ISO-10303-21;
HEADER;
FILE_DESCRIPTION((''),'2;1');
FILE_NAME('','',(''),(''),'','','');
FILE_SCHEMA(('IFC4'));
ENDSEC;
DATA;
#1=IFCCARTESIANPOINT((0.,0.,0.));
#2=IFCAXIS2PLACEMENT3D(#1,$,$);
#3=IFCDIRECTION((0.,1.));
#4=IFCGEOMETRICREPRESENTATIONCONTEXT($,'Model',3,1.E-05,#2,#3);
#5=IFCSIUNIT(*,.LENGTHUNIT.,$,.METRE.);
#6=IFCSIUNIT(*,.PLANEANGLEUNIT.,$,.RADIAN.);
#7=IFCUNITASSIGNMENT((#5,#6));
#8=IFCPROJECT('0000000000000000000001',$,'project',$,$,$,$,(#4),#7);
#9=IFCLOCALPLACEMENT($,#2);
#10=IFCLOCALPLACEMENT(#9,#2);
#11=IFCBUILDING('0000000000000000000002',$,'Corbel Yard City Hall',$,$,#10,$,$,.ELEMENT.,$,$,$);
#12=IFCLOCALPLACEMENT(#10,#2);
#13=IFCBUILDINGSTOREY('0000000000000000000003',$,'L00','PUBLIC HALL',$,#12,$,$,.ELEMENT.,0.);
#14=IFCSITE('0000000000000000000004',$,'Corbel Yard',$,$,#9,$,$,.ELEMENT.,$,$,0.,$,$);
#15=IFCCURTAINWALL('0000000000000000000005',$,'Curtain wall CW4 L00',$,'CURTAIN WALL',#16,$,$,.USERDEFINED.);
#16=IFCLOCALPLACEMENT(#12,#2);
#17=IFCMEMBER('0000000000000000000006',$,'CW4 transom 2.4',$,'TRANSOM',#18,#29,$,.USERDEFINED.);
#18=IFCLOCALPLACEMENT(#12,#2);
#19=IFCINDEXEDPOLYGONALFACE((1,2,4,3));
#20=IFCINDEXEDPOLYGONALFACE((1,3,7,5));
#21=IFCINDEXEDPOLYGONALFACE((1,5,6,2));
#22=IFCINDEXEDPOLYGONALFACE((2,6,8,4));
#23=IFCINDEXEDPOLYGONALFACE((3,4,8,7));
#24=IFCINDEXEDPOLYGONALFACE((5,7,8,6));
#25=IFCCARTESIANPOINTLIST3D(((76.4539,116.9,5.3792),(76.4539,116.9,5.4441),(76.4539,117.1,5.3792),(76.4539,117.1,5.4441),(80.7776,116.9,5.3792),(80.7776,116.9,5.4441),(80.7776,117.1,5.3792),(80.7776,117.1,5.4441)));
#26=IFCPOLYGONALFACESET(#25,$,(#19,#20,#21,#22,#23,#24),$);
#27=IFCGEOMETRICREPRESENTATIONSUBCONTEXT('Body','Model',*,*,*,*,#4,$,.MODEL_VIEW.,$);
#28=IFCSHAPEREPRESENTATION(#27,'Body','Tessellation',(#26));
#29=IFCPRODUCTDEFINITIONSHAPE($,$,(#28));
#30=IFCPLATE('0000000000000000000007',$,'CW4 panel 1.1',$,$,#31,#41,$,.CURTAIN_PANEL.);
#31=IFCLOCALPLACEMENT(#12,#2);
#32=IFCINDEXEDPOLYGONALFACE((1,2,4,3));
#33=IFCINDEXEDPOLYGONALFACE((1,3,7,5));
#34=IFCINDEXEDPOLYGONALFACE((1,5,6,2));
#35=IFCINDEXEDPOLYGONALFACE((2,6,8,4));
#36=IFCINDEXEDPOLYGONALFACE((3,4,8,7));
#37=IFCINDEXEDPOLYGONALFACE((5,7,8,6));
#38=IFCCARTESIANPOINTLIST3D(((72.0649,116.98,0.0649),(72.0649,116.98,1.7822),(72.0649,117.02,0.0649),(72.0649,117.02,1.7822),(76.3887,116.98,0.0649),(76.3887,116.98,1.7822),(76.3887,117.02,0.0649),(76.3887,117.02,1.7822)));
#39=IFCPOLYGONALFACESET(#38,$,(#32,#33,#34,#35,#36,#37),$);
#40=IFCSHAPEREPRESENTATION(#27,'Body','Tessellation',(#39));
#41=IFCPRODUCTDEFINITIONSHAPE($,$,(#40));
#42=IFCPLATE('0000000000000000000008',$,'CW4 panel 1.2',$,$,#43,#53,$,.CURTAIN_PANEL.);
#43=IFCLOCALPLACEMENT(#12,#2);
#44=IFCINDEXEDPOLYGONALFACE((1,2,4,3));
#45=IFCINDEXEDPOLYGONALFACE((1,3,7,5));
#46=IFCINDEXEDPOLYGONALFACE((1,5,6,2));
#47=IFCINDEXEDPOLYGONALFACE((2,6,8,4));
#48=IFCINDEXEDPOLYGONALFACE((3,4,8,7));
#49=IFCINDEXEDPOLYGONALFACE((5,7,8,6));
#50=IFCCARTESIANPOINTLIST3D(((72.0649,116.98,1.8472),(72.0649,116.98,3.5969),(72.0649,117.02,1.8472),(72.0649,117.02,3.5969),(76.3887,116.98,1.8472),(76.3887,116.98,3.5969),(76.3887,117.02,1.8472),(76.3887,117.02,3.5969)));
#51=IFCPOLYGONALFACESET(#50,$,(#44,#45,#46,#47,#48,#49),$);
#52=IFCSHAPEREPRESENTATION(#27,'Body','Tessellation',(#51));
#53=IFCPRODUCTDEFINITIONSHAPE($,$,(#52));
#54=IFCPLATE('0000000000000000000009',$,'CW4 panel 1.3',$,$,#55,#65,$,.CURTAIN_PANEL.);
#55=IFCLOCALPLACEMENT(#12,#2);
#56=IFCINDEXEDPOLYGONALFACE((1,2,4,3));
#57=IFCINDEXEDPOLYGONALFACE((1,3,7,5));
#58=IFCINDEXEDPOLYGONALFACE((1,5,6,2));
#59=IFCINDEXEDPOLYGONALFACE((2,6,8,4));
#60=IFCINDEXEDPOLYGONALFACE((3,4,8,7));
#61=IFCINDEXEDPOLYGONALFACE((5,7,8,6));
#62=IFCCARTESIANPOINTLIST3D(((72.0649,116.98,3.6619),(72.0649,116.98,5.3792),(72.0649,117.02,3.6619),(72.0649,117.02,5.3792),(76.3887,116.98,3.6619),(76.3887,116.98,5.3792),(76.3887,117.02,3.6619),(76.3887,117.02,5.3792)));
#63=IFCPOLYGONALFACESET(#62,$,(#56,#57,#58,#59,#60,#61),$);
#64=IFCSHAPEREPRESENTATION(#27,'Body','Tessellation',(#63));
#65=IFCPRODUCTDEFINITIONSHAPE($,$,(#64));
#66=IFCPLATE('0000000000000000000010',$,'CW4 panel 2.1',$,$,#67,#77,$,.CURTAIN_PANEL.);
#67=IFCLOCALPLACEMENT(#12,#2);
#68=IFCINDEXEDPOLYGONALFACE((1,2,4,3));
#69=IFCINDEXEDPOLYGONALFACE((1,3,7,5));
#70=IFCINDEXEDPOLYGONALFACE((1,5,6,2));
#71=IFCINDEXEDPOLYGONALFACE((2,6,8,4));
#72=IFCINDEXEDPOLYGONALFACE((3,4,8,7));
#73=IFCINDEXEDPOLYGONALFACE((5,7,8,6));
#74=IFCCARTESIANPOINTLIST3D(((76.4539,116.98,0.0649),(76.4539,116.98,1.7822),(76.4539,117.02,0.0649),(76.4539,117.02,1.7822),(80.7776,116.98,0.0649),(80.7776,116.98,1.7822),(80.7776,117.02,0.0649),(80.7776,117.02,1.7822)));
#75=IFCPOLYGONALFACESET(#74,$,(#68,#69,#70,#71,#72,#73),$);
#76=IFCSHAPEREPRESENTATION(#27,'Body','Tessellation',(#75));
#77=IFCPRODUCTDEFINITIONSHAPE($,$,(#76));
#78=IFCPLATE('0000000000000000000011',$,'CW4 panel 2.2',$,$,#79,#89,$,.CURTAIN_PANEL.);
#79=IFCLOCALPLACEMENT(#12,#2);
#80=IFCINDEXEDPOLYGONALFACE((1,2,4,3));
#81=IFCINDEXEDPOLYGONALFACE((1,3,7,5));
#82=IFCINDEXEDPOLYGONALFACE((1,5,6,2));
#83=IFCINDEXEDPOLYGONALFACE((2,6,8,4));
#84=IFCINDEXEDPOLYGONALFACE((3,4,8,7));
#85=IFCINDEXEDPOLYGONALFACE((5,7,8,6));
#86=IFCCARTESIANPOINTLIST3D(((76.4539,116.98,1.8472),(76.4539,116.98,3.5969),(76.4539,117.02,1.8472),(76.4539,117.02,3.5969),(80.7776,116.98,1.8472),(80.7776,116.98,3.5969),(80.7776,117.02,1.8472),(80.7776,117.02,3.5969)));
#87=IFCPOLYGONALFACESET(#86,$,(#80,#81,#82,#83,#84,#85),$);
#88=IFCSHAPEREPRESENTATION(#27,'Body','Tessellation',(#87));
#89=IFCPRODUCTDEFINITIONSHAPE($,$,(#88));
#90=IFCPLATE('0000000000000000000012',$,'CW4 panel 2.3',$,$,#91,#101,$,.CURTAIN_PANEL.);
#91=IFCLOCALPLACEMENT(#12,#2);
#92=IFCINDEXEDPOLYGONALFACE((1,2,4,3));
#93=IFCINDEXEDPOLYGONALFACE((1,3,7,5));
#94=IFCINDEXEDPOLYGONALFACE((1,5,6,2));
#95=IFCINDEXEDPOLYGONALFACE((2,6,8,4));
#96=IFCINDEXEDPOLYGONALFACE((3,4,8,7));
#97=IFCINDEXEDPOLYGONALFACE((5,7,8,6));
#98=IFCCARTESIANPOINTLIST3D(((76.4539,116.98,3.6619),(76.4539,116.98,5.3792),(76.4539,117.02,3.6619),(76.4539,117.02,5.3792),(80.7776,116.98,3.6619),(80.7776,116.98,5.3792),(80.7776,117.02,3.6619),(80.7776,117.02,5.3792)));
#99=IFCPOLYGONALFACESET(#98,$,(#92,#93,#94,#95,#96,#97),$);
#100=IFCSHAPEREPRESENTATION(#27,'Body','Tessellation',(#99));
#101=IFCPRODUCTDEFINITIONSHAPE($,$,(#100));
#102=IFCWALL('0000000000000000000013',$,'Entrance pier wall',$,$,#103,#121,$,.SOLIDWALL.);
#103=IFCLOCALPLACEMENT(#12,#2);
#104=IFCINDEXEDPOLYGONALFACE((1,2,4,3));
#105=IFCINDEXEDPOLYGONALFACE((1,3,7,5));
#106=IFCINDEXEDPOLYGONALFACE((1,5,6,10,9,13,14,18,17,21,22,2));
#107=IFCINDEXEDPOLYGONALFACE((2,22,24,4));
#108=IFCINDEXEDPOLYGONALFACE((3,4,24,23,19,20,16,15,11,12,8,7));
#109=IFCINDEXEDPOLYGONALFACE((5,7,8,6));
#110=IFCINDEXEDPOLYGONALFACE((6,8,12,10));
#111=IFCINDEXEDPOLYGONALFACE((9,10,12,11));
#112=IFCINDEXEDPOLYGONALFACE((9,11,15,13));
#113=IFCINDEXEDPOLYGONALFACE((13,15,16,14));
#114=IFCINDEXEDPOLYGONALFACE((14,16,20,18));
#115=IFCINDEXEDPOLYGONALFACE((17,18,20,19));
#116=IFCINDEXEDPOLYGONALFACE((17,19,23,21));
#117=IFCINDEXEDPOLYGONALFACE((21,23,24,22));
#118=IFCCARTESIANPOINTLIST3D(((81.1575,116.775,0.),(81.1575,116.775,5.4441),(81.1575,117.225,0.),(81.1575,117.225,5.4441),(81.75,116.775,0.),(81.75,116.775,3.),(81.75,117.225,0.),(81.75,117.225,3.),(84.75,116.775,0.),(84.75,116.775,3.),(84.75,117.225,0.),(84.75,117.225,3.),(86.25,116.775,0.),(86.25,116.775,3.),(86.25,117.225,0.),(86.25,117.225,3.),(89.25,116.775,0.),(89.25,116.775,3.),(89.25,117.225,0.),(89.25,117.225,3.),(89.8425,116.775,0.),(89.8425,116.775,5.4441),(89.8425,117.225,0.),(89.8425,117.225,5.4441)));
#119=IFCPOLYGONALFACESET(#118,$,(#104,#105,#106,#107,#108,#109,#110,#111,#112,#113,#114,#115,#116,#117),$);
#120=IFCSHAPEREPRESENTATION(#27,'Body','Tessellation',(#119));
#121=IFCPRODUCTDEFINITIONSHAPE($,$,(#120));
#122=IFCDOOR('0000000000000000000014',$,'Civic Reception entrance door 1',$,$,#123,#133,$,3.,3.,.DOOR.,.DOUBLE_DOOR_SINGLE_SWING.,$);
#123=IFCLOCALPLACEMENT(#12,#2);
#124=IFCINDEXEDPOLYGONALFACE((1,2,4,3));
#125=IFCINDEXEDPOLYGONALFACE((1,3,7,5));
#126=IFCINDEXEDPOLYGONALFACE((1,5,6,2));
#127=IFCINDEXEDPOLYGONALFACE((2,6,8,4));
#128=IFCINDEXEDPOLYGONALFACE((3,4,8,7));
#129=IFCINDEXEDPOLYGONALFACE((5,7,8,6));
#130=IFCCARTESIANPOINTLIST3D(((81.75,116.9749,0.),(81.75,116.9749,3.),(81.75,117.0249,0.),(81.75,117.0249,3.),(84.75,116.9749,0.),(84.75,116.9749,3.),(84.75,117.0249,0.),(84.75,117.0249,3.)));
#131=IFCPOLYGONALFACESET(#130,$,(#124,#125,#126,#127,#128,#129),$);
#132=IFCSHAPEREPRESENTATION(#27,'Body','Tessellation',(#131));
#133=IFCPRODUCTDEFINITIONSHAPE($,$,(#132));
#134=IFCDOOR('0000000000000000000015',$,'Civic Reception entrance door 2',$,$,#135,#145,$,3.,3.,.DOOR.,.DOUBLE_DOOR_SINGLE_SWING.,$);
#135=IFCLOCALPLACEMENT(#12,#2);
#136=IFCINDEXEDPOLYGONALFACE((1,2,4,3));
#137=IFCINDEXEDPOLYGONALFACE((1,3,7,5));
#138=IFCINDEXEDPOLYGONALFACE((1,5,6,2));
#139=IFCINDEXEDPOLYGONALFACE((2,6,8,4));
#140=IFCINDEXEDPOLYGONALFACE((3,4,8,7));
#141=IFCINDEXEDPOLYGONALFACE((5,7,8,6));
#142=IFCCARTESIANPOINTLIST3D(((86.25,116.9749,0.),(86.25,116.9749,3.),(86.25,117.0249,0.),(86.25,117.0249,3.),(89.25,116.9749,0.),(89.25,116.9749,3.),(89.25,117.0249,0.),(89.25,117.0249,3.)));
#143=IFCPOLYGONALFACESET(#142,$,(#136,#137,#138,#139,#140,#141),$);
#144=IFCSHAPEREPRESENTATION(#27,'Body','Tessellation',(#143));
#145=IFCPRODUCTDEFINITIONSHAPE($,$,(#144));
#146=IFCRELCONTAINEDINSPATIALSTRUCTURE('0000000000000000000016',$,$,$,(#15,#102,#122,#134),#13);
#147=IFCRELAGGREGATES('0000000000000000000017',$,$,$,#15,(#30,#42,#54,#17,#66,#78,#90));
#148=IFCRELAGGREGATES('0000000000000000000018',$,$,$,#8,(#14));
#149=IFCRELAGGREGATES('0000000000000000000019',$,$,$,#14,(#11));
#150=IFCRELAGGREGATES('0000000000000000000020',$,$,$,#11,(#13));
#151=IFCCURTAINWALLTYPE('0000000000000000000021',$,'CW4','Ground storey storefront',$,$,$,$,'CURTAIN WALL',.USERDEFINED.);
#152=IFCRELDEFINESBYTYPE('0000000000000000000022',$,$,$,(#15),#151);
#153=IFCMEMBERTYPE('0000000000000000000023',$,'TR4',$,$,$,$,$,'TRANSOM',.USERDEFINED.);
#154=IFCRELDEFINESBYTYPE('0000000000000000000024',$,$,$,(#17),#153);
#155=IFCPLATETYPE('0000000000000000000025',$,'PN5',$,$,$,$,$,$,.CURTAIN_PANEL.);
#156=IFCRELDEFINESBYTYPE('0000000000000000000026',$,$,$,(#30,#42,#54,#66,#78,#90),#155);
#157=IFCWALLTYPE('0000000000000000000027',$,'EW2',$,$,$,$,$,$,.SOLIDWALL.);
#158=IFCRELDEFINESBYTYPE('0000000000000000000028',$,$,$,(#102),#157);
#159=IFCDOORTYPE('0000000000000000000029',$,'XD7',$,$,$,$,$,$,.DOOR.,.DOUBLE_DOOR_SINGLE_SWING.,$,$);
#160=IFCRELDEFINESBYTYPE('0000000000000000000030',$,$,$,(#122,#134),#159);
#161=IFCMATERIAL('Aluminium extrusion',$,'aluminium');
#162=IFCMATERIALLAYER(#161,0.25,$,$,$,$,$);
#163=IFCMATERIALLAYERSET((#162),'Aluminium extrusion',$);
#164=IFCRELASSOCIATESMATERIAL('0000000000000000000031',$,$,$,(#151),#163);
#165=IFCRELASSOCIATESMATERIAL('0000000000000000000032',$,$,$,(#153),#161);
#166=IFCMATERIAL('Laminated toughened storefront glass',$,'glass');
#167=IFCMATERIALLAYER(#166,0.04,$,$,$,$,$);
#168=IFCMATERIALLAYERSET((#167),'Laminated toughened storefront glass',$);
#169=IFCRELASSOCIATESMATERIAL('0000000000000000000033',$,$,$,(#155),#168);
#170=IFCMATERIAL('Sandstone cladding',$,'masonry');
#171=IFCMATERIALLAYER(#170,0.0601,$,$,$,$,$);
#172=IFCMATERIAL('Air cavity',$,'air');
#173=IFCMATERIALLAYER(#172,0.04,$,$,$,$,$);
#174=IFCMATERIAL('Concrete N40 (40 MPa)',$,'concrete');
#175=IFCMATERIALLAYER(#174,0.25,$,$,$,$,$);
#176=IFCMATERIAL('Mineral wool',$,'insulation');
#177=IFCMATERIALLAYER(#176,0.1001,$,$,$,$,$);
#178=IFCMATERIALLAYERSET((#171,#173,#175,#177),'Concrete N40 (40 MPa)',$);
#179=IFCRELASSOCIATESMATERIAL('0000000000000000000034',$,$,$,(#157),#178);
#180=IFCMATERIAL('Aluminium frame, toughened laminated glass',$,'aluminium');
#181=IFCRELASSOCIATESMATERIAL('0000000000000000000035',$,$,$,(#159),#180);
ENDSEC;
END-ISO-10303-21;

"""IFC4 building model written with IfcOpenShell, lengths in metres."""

from ifc_helpers import new_model, si_unit, direction, frame, frame_2d, origin, origin_2d, place, context, subcontext, project, spatial, rectangle, extrude, material, layer, layer_set, material_profile, profile_set, type_object, element, fill, aggregate, save


model = new_model("IFC4")

# Units and contexts
model_context = context("Model", 3, precision=1e-05, world=origin(), true_north=direction((0.0, 1.0)))
body_context = subcontext(model_context, "Body", "Model", "MODEL_VIEW")
ifc_project = project(units=[si_unit("LENGTHUNIT", "METRE"), si_unit("PLANEANGLEUNIT", "RADIAN")], contexts=[model_context])

# Site, building, storey
site_placement = place(None, origin())
site = spatial("IfcSite", under=ifc_project, at=site_placement, Name="Corbel Yard", CompositionType="ELEMENT", RefElevation=0.0)
building_placement = place(site_placement, origin())
building = spatial("IfcBuilding", under=site, at=building_placement, Name="Corbel Yard City Hall", CompositionType="ELEMENT")
storey_placement = place(building_placement, origin())
storey = spatial("IfcBuildingStorey", under=building, at=storey_placement, Name="L00", Description="PUBLIC HALL", CompositionType="ELEMENT", Elevation=0.0)

# Curtain wall, member, plates
ifc_material_1 = material(Name="Aluminium extrusion", Category="aluminium")
ifc_layer_1 = layer(ifc_material_1, 0.25)
ifc_layer_set_1 = layer_set([ifc_layer_1], Name="Aluminium extrusion")
curtain_wall_type = type_object("IfcCurtainWallType", Name="CW4", Description="Ground storey storefront", ElementType="CURTAIN WALL", PredefinedType="USERDEFINED", material=ifc_layer_set_1)
curtain_wall_placement = place(storey_placement, origin())
curtain_wall = element("IfcCurtainWall", 1, at=curtain_wall_placement, inside=storey, type_object=curtain_wall_type, Name="Curtain wall CW4 L00", ObjectType="CURTAIN WALL", PredefinedType="USERDEFINED")
ifc_material_profile_1 = material_profile(ifc_material_1, rectangle(XDim=0.2, YDim=0.0649, at=origin_2d()), Name="200x65")
ifc_profile_set_1 = profile_set([ifc_material_profile_1], Name="Aluminium extrusion")
member_type_1 = type_object("IfcMemberType", Name="TR4", ElementType="TRANSOM", PredefinedType="USERDEFINED", material=ifc_profile_set_1)
member_1_placement = place(storey_placement, frame((76.4539, 117.0, 5.4116), z_axis=(1.0, 0.0, 0.0), x_axis=(0.0, 1.0, 0.0)))
member_1 = element("IfcMember", 2, at=member_1_placement, type_object=member_type_1, Name="CW4 transom 2.4", ObjectType="TRANSOM", PredefinedType="USERDEFINED", context=body_context, shape_type="SweptSolid", body=[
    extrude(rectangle(XDim=0.2, YDim=0.0649, at=origin_2d()), origin(), (0.0, 0.0, 1.0), 4.3237),
])
ifc_material_2 = material(Name="Laminated toughened storefront glass", Category="glass")
ifc_layer_2 = layer(ifc_material_2, 0.04)
ifc_layer_set_2 = layer_set([ifc_layer_2], Name="Laminated toughened storefront glass")
plate_type = type_object("IfcPlateType", Name="PN5", PredefinedType="CURTAIN_PANEL", material=ifc_layer_set_2)
plate_1_placement = place(storey_placement, frame((74.2268, 117.0, 0.0649), z_axis=(0.0, 0.0, 1.0), x_axis=(1.0, 0.0, 0.0)))
plate_1 = element("IfcPlate", 3, at=plate_1_placement, type_object=plate_type, Name="CW4 panel 1.1", PredefinedType="CURTAIN_PANEL", context=body_context, shape_type="SweptSolid", body=[
    extrude(rectangle(XDim=4.3237, YDim=0.04, at=origin_2d()), origin(), (0.0, 0.0, 1.0), 1.7173),
])
plate_2_placement = place(storey_placement, frame((74.2268, 117.0, 1.8472), z_axis=(0.0, 0.0, 1.0), x_axis=(1.0, 0.0, 0.0)))
plate_2 = element("IfcPlate", 4, at=plate_2_placement, type_object=plate_type, Name="CW4 panel 1.2", PredefinedType="CURTAIN_PANEL", context=body_context, shape_type="SweptSolid", body=[
    extrude(rectangle(XDim=4.3237, YDim=0.04, at=origin_2d()), origin(), (0.0, 0.0, 1.0), 1.7498),
])
plate_3_placement = place(storey_placement, frame((74.2268, 117.0, 3.6619), z_axis=(0.0, 0.0, 1.0), x_axis=(1.0, 0.0, 0.0)))
plate_3 = element("IfcPlate", 5, at=plate_3_placement, type_object=plate_type, Name="CW4 panel 1.3", PredefinedType="CURTAIN_PANEL", context=body_context, shape_type="SweptSolid", body=[
    extrude(rectangle(XDim=4.3237, YDim=0.04, at=origin_2d()), origin(), (0.0, 0.0, 1.0), 1.7173),
])
plate_4_placement = place(storey_placement, frame((78.6157, 117.0, 0.0649), z_axis=(0.0, 0.0, 1.0), x_axis=(1.0, 0.0, 0.0)))
plate_4 = element("IfcPlate", 6, at=plate_4_placement, type_object=plate_type, Name="CW4 panel 2.1", PredefinedType="CURTAIN_PANEL", context=body_context, shape_type="SweptSolid", body=[
    extrude(rectangle(XDim=4.3237, YDim=0.04, at=origin_2d()), origin(), (0.0, 0.0, 1.0), 1.7173),
])
plate_5_placement = place(storey_placement, frame((78.6157, 117.0, 1.8472), z_axis=(0.0, 0.0, 1.0), x_axis=(1.0, 0.0, 0.0)))
plate_5 = element("IfcPlate", 7, at=plate_5_placement, type_object=plate_type, Name="CW4 panel 2.2", PredefinedType="CURTAIN_PANEL", context=body_context, shape_type="SweptSolid", body=[
    extrude(rectangle(XDim=4.3237, YDim=0.04, at=origin_2d()), origin(), (0.0, 0.0, 1.0), 1.7498),
])
plate_6_placement = place(storey_placement, frame((78.6157, 117.0, 3.6619), z_axis=(0.0, 0.0, 1.0), x_axis=(1.0, 0.0, 0.0)))
plate_6 = element("IfcPlate", 8, at=plate_6_placement, type_object=plate_type, Name="CW4 panel 2.3", PredefinedType="CURTAIN_PANEL", context=body_context, shape_type="SweptSolid", body=[
    extrude(rectangle(XDim=4.3237, YDim=0.04, at=origin_2d()), origin(), (0.0, 0.0, 1.0), 1.7173),
])
aggregate(curtain_wall, [plate_1, plate_2, plate_3, member_1, plate_4, plate_5, plate_6])

# Wall, openings, doors
ifc_material_3 = material(Name="Sandstone cladding", Category="masonry")
ifc_layer_3 = layer(ifc_material_3, 0.0601)
ifc_material_4 = material(Name="Air cavity", Category="air")
ifc_layer_4 = layer(ifc_material_4, 0.04)
ifc_material_5 = material(Name="Concrete N40 (40 MPa)", Category="concrete")
ifc_layer_5 = layer(ifc_material_5, 0.25)
ifc_material_6 = material(Name="Mineral wool", Category="insulation")
ifc_layer_6 = layer(ifc_material_6, 0.1001)
ifc_layer_set_3 = layer_set([ifc_layer_3, ifc_layer_4, ifc_layer_5, ifc_layer_6], Name="Concrete N40 (40 MPa)")
wall_type = type_object("IfcWallType", Name="EW2", PredefinedType="SOLIDWALL", material=ifc_layer_set_3)
wall_placement = place(storey_placement, frame((81.1575, 117.0, 0.0), z_axis=(0.0, 0.0, 1.0), x_axis=(1.0, 0.0, 0.0)))
wall = element("IfcWall", 9, at=wall_placement, inside=storey, type_object=wall_type, Name="Entrance pier wall", PredefinedType="SOLIDWALL", context=body_context, shape_type="SweptSolid", body=[
    extrude(rectangle(XDim=8.6851, YDim=0.45, at=frame_2d((4.3425, 0.0))), origin(), (0.0, 0.0, 1.0), 5.4441),
])
opening_1_placement = place(wall_placement, frame((0.5925, 0.0, 0.0)))
opening_1 = element("IfcOpeningElement", 10, at=opening_1_placement, cuts=wall, PredefinedType="OPENING", context=body_context, shape_type="SweptSolid", body=[
    extrude(rectangle(XDim=3.0, YDim=3.0, at=frame_2d((1.5, 1.5))), frame((0.0, 0.2349, 0.0), z_axis=(0.0, -1.0, 0.0), x_axis=(1.0, 0.0, 0.0)), (0.0, 0.0, 1.0), 0.47),
])
opening_2_placement = place(wall_placement, frame((5.0925, 0.0, 0.0)))
opening_2 = element("IfcOpeningElement", 11, at=opening_2_placement, cuts=wall, PredefinedType="OPENING", context=body_context, shape_type="SweptSolid", body=[
    extrude(rectangle(XDim=3.0, YDim=3.0, at=frame_2d((1.5, 1.5))), frame((0.0, 0.2349, 0.0), z_axis=(0.0, -1.0, 0.0), x_axis=(1.0, 0.0, 0.0)), (0.0, 0.0, 1.0), 0.47),
])
ifc_material_7 = material(Name="Aluminium frame, toughened laminated glass", Category="aluminium")
door_type = type_object("IfcDoorType", Name="XD7", OperationType="DOUBLE_DOOR_SINGLE_SWING", PredefinedType="DOOR", material=ifc_material_7)
door_1_placement = place(opening_1_placement, origin())
door_1 = element("IfcDoor", 12, at=door_1_placement, inside=storey, type_object=door_type, Name="Civic Reception entrance door 1", OperationType="DOUBLE_DOOR_SINGLE_SWING", OverallHeight=3.0, OverallWidth=3.0, PredefinedType="DOOR", context=body_context, shape_type="SweptSolid", body=[
    extrude(rectangle(XDim=3.0, YDim=3.0, at=frame_2d((1.5, 1.5))), frame((0.0, 0.0249, 0.0), z_axis=(0.0, -1.0, 0.0), x_axis=(1.0, 0.0, 0.0)), (0.0, 0.0, 1.0), 0.05),
])
fill(opening_1, door_1)
door_2_placement = place(opening_2_placement, origin())
door_2 = element("IfcDoor", 13, at=door_2_placement, inside=storey, type_object=door_type, Name="Civic Reception entrance door 2", OperationType="DOUBLE_DOOR_SINGLE_SWING", OverallHeight=3.0, OverallWidth=3.0, PredefinedType="DOOR", context=body_context, shape_type="SweptSolid", body=[
    extrude(rectangle(XDim=3.0, YDim=3.0, at=frame_2d((1.5, 1.5))), frame((0.0, 0.0249, 0.0), z_axis=(0.0, -1.0, 0.0), x_axis=(1.0, 0.0, 0.0)), (0.0, 0.0, 1.0), 0.05),
])
fill(opening_2, door_2)

save(model, "model.ifc")
